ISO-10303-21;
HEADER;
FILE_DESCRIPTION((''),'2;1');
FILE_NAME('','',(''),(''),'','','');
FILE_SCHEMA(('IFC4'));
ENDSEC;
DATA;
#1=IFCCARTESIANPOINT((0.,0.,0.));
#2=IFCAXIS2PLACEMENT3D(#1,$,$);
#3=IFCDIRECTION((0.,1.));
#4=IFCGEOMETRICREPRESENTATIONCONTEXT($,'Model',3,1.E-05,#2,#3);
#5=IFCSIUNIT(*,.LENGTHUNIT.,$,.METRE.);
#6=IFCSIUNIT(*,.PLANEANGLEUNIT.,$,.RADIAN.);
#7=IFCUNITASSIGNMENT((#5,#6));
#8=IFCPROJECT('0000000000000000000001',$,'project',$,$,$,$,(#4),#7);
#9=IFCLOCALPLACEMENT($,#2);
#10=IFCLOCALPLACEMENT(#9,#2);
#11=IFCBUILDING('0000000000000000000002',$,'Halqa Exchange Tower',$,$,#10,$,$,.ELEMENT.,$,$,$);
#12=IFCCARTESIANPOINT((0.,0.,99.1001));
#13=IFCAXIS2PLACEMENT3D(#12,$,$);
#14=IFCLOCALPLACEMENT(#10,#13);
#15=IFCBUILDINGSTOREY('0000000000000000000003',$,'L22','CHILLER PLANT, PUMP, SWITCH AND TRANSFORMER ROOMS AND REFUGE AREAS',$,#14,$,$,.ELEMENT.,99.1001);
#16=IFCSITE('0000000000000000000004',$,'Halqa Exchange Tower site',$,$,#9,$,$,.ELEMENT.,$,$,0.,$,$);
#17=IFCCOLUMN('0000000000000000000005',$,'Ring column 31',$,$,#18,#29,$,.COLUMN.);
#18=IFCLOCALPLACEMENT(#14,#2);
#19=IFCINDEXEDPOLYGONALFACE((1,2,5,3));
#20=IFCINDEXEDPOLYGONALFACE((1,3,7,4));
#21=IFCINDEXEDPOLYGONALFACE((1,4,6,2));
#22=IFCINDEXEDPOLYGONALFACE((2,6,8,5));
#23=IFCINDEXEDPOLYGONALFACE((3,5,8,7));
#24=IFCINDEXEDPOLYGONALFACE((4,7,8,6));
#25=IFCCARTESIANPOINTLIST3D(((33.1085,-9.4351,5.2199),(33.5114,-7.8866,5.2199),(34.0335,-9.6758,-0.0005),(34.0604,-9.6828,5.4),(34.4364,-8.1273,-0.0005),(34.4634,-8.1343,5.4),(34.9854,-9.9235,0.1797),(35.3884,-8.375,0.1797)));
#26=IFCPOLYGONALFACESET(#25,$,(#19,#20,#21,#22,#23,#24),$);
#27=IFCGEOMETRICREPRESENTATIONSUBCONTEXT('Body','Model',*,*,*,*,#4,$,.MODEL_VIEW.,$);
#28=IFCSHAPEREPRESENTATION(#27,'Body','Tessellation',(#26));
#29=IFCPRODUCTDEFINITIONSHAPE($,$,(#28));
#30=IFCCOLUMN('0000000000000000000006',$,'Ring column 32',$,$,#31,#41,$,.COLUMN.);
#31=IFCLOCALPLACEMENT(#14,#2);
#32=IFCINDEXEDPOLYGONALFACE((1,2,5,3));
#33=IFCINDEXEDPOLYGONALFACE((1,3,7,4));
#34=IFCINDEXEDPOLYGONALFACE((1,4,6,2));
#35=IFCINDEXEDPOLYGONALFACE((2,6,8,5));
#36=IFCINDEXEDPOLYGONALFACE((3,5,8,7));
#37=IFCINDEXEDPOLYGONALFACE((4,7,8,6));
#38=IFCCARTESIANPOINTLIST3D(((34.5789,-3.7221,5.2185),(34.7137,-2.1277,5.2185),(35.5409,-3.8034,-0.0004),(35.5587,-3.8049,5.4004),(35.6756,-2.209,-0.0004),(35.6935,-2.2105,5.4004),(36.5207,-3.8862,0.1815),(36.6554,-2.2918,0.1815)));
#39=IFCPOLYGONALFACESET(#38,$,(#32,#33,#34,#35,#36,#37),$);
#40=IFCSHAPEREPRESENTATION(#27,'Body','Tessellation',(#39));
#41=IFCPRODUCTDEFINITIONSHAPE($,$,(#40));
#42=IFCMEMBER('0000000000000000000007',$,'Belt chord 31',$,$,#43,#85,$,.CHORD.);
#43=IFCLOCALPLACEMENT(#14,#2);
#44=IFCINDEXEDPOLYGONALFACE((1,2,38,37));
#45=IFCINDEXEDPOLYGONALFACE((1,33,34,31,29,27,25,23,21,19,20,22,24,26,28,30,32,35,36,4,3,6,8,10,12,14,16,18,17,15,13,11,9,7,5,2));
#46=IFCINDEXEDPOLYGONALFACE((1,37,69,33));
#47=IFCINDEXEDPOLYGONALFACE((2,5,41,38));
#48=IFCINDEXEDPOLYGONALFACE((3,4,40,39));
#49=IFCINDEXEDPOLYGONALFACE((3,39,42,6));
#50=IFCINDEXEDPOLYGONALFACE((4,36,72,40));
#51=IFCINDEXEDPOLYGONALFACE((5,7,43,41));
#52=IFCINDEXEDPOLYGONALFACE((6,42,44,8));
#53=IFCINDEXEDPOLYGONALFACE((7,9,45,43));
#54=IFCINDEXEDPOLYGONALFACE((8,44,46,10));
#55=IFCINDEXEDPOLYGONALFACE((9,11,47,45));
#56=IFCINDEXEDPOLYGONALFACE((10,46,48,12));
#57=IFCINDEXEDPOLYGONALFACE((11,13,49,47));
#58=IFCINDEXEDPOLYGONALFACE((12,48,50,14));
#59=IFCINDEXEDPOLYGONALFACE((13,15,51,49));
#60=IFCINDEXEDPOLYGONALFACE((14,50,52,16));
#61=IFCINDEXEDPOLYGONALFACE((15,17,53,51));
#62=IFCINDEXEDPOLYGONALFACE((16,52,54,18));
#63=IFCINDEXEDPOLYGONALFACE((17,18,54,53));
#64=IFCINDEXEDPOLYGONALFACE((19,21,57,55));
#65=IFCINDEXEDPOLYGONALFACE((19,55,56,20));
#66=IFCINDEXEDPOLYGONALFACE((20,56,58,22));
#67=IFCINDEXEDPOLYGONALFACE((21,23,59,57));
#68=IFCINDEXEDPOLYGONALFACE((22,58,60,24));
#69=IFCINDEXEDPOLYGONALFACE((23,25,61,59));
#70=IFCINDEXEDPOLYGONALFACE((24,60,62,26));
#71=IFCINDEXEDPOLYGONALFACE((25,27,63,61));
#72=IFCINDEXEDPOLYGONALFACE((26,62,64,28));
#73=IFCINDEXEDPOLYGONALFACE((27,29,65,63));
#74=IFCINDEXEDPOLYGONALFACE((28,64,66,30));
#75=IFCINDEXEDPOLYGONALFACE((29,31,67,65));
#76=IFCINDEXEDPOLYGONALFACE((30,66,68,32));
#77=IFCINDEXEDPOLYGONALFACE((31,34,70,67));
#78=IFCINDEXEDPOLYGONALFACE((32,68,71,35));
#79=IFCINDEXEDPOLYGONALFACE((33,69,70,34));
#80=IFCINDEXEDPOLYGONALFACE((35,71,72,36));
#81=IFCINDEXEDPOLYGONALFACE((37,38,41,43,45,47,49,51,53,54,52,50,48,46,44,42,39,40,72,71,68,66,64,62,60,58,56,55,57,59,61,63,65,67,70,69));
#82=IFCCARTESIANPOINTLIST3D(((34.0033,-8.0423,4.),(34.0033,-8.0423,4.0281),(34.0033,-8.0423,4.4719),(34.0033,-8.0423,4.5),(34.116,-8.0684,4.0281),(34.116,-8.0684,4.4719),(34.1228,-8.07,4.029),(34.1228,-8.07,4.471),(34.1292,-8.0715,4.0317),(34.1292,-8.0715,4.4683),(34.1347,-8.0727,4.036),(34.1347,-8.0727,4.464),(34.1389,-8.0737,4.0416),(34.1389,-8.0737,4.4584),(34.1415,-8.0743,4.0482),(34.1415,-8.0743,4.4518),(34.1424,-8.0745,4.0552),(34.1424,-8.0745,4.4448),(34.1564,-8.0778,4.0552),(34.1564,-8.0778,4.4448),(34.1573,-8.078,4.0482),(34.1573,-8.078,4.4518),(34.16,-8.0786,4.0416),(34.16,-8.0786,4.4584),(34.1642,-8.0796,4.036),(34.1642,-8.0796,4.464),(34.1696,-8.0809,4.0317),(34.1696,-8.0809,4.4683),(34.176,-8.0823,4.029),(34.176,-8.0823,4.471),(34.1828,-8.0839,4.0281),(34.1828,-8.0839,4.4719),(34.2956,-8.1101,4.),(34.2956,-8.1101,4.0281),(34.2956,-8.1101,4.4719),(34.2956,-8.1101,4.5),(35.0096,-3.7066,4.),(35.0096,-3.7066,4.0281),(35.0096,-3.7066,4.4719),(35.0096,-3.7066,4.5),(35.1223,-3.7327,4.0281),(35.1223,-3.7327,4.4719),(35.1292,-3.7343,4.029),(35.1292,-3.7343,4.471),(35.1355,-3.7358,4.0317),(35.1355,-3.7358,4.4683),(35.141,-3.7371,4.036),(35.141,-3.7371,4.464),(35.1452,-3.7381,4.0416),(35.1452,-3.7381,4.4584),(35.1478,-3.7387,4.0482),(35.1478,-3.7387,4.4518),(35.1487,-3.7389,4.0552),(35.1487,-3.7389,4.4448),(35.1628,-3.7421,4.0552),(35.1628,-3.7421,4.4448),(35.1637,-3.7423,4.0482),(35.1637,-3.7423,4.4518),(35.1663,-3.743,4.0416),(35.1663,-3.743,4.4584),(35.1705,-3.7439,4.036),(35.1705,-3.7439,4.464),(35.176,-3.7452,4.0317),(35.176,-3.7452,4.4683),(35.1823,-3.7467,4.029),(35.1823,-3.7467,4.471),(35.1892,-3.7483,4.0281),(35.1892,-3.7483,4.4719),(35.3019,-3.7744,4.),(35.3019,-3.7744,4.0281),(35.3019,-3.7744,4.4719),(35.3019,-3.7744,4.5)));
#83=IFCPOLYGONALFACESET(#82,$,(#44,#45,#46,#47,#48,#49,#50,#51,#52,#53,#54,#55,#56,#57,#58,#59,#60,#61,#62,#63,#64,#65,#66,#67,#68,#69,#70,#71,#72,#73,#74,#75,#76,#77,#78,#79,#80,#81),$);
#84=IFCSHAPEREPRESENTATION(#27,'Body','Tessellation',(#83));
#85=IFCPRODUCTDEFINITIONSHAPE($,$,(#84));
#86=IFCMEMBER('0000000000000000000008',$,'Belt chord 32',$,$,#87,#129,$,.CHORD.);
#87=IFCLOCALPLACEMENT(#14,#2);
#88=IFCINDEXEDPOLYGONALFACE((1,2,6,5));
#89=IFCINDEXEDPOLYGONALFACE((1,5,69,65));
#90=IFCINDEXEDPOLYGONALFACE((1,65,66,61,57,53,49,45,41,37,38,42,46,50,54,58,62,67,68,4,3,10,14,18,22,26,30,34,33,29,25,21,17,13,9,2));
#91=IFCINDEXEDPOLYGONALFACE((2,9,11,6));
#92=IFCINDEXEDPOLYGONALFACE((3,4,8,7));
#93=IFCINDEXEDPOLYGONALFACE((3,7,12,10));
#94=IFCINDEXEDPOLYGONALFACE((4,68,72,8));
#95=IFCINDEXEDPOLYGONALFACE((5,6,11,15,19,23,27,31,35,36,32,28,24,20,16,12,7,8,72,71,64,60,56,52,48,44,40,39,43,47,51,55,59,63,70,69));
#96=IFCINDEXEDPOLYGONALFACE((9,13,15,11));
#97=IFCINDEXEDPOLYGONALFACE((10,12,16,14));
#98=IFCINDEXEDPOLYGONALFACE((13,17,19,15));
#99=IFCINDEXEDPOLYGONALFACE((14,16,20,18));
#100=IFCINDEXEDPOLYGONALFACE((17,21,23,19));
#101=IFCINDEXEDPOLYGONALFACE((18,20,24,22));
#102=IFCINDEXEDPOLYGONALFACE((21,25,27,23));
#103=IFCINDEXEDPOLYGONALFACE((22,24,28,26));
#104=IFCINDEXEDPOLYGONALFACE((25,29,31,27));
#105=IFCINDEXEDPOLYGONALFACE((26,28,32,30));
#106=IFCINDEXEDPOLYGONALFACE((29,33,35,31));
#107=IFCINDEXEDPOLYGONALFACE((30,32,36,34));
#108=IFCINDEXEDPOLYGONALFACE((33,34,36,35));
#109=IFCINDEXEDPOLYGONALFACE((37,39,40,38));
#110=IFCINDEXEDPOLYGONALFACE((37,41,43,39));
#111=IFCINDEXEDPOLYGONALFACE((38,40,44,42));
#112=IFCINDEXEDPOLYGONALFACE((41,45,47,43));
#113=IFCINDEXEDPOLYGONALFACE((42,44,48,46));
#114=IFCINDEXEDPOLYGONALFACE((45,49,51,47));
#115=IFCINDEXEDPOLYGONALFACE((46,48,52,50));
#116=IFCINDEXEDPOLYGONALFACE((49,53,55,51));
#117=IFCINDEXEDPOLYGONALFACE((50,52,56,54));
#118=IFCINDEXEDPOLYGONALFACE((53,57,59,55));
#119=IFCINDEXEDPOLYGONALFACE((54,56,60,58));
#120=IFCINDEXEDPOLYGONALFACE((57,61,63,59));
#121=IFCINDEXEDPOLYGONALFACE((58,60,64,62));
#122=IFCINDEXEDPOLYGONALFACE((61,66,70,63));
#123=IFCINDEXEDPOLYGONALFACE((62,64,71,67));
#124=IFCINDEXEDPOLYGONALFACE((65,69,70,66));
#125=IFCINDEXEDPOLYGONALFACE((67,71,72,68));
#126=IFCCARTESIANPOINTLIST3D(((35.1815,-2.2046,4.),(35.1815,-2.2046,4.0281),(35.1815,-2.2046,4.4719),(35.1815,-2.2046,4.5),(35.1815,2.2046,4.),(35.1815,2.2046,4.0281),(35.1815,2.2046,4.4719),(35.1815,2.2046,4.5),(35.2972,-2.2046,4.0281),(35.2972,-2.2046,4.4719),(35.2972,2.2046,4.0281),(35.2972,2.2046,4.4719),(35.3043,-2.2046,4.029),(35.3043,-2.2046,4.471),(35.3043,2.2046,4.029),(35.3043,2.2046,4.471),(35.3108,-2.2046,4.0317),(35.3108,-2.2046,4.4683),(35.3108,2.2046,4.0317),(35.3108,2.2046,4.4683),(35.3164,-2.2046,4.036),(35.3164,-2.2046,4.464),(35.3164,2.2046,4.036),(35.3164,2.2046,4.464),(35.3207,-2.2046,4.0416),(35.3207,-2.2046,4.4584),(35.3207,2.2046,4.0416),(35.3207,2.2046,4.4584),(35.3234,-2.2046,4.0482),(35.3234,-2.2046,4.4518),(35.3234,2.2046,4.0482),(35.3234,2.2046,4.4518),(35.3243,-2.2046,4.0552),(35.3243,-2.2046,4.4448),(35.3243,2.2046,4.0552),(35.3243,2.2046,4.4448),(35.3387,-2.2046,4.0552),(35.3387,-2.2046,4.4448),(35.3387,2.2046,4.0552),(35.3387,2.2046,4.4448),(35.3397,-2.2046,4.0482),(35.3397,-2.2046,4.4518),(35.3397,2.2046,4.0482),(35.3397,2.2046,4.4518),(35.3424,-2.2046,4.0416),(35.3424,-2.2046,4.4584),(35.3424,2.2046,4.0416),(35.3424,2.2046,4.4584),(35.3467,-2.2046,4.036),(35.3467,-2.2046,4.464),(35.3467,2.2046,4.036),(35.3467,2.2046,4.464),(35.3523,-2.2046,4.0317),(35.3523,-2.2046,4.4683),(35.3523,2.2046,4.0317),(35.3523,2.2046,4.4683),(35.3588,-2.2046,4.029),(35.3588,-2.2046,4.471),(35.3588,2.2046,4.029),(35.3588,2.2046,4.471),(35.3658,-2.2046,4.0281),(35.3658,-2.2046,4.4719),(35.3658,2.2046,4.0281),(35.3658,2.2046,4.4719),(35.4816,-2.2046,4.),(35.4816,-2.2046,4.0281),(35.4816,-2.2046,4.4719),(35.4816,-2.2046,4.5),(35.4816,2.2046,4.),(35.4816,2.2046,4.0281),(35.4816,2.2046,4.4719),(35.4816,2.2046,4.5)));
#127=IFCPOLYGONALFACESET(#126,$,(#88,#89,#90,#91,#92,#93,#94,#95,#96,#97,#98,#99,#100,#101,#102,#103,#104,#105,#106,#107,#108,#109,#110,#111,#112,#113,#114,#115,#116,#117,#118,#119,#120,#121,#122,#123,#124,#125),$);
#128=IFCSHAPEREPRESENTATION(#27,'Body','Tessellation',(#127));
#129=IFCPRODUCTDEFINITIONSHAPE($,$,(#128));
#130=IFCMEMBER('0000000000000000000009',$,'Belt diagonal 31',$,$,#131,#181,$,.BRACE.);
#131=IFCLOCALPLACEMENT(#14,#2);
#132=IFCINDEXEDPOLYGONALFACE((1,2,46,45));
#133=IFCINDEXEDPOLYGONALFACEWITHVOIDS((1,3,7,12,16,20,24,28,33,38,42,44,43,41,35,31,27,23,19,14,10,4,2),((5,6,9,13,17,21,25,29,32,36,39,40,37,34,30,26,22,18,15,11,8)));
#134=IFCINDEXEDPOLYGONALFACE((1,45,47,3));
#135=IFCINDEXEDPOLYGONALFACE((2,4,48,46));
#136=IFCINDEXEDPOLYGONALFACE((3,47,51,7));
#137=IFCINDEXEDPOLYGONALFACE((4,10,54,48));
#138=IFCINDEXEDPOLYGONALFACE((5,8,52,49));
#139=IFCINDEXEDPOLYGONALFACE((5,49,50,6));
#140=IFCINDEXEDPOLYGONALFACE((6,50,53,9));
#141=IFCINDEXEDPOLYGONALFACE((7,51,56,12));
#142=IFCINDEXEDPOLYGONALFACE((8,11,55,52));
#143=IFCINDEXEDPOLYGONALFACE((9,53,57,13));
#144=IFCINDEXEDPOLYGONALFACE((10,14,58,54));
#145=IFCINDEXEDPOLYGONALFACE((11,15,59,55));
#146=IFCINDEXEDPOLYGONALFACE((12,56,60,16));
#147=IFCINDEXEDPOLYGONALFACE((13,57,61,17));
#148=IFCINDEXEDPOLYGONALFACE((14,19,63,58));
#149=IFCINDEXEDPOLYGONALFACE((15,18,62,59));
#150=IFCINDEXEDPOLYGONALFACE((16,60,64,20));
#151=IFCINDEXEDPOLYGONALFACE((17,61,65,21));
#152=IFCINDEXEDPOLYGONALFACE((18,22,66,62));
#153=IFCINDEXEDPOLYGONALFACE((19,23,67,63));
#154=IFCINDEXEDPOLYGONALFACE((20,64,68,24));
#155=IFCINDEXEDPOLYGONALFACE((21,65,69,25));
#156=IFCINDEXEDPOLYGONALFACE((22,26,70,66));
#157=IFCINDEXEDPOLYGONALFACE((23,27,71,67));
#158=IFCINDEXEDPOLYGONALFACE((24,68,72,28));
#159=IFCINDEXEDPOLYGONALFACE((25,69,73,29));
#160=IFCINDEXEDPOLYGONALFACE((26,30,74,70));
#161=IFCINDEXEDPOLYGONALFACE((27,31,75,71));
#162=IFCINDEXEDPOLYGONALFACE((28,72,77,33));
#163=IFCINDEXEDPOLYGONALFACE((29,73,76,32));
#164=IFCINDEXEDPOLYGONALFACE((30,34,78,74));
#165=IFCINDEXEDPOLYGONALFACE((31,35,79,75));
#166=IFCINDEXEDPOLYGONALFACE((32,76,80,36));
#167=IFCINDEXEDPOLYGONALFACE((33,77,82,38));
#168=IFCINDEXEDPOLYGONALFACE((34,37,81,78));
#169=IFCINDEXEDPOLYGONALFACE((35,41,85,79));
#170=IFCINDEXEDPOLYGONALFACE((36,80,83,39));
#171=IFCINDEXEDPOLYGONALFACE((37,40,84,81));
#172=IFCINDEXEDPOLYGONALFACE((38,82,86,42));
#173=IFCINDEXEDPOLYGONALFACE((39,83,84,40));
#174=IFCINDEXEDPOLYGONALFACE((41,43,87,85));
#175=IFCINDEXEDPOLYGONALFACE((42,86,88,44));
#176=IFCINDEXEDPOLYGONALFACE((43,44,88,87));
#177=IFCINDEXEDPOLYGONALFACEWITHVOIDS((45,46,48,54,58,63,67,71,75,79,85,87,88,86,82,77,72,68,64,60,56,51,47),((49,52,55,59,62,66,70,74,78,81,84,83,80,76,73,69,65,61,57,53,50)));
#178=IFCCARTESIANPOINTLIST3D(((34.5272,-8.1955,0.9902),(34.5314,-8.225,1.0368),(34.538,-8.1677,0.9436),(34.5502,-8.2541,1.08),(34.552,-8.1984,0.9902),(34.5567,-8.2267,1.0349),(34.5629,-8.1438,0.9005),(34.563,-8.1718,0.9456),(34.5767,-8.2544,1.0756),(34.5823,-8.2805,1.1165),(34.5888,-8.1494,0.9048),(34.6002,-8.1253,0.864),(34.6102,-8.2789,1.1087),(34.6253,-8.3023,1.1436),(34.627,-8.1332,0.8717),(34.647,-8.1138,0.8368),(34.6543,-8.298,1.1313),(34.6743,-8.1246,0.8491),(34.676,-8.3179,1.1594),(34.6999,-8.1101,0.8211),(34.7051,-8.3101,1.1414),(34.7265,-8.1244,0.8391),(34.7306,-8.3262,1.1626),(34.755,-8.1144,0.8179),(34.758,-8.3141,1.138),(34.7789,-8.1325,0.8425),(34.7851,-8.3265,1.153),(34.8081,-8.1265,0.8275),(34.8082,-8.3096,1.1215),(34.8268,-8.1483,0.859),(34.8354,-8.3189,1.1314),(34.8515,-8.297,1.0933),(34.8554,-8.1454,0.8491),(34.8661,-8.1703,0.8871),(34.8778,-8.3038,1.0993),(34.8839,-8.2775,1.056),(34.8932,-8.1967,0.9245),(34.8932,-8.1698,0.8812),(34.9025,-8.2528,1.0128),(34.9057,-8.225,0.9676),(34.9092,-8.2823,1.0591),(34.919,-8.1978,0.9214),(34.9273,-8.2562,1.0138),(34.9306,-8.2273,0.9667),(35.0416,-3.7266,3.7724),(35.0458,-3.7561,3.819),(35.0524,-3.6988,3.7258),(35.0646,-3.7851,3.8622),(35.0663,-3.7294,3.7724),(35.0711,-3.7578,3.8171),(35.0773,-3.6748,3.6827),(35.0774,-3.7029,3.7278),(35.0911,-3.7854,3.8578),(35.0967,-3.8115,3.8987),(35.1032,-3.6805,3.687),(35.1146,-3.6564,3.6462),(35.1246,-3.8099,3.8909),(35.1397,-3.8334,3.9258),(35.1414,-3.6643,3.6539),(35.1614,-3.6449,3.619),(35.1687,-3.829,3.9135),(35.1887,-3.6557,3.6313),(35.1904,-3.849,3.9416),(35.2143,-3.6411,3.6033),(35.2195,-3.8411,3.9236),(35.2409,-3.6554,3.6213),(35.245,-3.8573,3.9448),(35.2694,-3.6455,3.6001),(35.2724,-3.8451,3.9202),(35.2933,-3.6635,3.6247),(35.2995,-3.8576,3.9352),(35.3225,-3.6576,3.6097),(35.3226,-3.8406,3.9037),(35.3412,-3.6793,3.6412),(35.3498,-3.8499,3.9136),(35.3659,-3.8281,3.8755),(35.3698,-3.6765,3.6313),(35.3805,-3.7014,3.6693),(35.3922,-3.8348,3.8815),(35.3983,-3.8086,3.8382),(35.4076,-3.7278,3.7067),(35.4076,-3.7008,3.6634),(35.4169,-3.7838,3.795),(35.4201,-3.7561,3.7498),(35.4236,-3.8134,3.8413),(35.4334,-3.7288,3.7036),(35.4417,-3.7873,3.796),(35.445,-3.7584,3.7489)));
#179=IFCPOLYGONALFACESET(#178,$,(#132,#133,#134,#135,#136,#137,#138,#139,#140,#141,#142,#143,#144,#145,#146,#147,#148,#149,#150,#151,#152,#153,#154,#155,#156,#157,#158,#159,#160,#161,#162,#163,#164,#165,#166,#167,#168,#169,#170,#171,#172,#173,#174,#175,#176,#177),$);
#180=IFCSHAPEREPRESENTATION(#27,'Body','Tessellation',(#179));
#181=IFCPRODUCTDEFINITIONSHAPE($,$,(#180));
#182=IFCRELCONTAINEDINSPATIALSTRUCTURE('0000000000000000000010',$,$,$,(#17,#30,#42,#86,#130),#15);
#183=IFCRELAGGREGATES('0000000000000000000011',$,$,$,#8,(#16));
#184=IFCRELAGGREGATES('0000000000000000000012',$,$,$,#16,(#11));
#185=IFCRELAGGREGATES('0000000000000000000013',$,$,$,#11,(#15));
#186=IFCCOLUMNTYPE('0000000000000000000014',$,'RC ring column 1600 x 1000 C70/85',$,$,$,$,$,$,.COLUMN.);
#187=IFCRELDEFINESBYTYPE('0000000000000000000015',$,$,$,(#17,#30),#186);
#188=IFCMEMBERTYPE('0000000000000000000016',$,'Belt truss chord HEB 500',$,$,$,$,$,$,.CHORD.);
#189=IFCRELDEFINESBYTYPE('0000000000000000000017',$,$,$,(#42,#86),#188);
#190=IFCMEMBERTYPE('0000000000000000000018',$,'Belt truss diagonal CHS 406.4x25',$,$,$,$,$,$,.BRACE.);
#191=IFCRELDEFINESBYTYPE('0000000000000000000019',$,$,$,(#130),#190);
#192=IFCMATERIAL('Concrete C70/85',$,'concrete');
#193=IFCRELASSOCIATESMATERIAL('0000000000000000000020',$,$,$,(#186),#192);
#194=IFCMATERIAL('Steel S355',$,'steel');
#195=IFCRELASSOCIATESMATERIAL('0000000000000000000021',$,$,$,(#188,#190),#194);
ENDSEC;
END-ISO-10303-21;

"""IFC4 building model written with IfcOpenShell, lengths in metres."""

from ifc_helpers import new_model, si_unit, direction, frame, origin, origin_2d, place, context, subcontext, project, spatial, rectangle, hollow_circle, i_section, extrude, material, material_profile, profile_set, type_object, element, save


model = new_model("IFC4")

# Units and contexts
model_context = context("Model", 3, precision=1e-05, world=origin(), true_north=direction((0.0, 1.0)))
body_context = subcontext(model_context, "Body", "Model", "MODEL_VIEW")
ifc_project = project(units=[si_unit("LENGTHUNIT", "METRE"), si_unit("PLANEANGLEUNIT", "RADIAN")], contexts=[model_context])

# Site, building, storey
site_placement = place(None, origin())
site = spatial("IfcSite", under=ifc_project, at=site_placement, Name="Halqa Exchange Tower site", CompositionType="ELEMENT", RefElevation=0.0)
building_placement = place(site_placement, origin())
building = spatial("IfcBuilding", under=site, at=building_placement, Name="Halqa Exchange Tower", CompositionType="ELEMENT")
storey_placement = place(building_placement, frame((0.0, 0.0, 99.1001)))
storey = spatial("IfcBuildingStorey", under=building, at=storey_placement, Name="L22", Description="CHILLER PLANT, PUMP, SWITCH AND TRANSFORMER ROOMS AND REFUGE AREAS", CompositionType="ELEMENT", Elevation=99.1001)

# Columns
ifc_material_1 = material(Name="Concrete C70/85", Category="concrete")
ifc_material_profile_1 = material_profile(ifc_material_1, rectangle(XDim=1.6001, YDim=1.0, at=origin_2d()), Name="1600 x 1000")
ifc_profile_set_1 = profile_set([ifc_material_profile_1], Name="Concrete C70/85")
column_type = type_object("IfcColumnType", Name="RC ring column 1600 x 1000 C70/85", PredefinedType="COLUMN", material=ifc_profile_set_1)
column_1_placement = place(storey_placement, frame((34.7109, -9.0254, 0.0896), z_axis=(-0.174299, 0.045357, 0.983648), x_axis=(-0.25184, -0.967769, 0.0)))
element("IfcColumn", 1, at=column_1_placement, inside=storey, type_object=column_type, Name="Ring column 31", PredefinedType="COLUMN", context=body_context, shape_type="SweptSolid", body=[
    extrude(rectangle(XDim=1.6001, YDim=1.0, at=origin_2d()), origin(), (0.0, 0.0, 1.0), 5.3071),
])
column_2_placement = place(storey_placement, frame((36.0981, -3.0476, 0.0906), z_axis=(-0.181244, 0.015318, 0.983319), x_axis=(-0.084218, -0.996447, 0.0)))
element("IfcColumn", 2, at=column_2_placement, inside=storey, type_object=column_type, Name="Ring column 32", PredefinedType="COLUMN", context=body_context, shape_type="SweptSolid", body=[
    extrude(rectangle(XDim=1.6001, YDim=1.0, at=origin_2d()), origin(), (0.0, 0.0, 1.0), 5.3074),
])

# Members
ifc_material_2 = material(Name="Steel S355", Category="steel")
ifc_material_profile_2 = material_profile(ifc_material_2, i_section(OverallWidth=0.3, OverallDepth=0.5, WebThickness=0.0144, FlangeThickness=0.0281, FilletRadius=0.0271, at=origin_2d()), Name="HEB 500")
ifc_profile_set_2 = profile_set([ifc_material_profile_2], Name="Steel S355")
member_type_1 = type_object("IfcMemberType", Name="Belt truss chord HEB 500", PredefinedType="CHORD", material=ifc_profile_set_2)
member_1_placement = place(storey_placement, frame((34.1494, -8.0762, 4.25), z_axis=(0.226097, 0.974105, 0.0), x_axis=(-0.974105, 0.226097, 0.0)))
element("IfcMember", 3, at=member_1_placement, inside=storey, type_object=member_type_1, Name="Belt chord 31", PredefinedType="CHORD", context=body_context, shape_type="SweptSolid", body=[
    extrude(i_section(OverallWidth=0.3, OverallDepth=0.5, WebThickness=0.0144, FlangeThickness=0.0281, FilletRadius=0.0271, at=origin_2d()), origin(), (0.0, 0.0, 1.0), 4.4509),
])
member_2_placement = place(storey_placement, frame((35.3315, -2.2046, 4.25), z_axis=(0.0, 1.0, 0.0), x_axis=(-1.0, 0.0, 0.0)))
element("IfcMember", 4, at=member_2_placement, inside=storey, type_object=member_type_1, Name="Belt chord 32", PredefinedType="CHORD", context=body_context, shape_type="SweptSolid", body=[
    extrude(i_section(OverallWidth=0.3, OverallDepth=0.5, WebThickness=0.0144, FlangeThickness=0.0281, FilletRadius=0.0271, at=origin_2d()), origin(), (0.0, 0.0, 1.0), 4.4092),
])
ifc_material_profile_3 = material_profile(ifc_material_2, hollow_circle(Radius=0.2031, WallThickness=0.0249, at=origin_2d()), Name="CHS 406.4x25")
ifc_profile_set_3 = profile_set([ifc_material_profile_3], Name="Steel S355")
member_type_2 = type_object("IfcMemberType", Name="Belt truss diagonal CHS 406.4x25", PredefinedType="BRACE", material=ifc_profile_set_3)
member_3_placement = place(storey_placement, frame((34.729, -8.2188, 0.9902), z_axis=(0.097253, 0.844903, 0.526005), x_axis=(-0.993441, 0.11435, 0.0)))
element("IfcMember", 5, at=member_3_placement, inside=storey, type_object=member_type_2, Name="Belt diagonal 31", PredefinedType="BRACE", context=body_context, shape_type="SweptSolid", body=[
    extrude(hollow_circle(Radius=0.2031, WallThickness=0.0249, at=origin_2d()), origin(), (0.0, 0.0, 1.0), 5.2893),
])

save(model, "model.ifc")
